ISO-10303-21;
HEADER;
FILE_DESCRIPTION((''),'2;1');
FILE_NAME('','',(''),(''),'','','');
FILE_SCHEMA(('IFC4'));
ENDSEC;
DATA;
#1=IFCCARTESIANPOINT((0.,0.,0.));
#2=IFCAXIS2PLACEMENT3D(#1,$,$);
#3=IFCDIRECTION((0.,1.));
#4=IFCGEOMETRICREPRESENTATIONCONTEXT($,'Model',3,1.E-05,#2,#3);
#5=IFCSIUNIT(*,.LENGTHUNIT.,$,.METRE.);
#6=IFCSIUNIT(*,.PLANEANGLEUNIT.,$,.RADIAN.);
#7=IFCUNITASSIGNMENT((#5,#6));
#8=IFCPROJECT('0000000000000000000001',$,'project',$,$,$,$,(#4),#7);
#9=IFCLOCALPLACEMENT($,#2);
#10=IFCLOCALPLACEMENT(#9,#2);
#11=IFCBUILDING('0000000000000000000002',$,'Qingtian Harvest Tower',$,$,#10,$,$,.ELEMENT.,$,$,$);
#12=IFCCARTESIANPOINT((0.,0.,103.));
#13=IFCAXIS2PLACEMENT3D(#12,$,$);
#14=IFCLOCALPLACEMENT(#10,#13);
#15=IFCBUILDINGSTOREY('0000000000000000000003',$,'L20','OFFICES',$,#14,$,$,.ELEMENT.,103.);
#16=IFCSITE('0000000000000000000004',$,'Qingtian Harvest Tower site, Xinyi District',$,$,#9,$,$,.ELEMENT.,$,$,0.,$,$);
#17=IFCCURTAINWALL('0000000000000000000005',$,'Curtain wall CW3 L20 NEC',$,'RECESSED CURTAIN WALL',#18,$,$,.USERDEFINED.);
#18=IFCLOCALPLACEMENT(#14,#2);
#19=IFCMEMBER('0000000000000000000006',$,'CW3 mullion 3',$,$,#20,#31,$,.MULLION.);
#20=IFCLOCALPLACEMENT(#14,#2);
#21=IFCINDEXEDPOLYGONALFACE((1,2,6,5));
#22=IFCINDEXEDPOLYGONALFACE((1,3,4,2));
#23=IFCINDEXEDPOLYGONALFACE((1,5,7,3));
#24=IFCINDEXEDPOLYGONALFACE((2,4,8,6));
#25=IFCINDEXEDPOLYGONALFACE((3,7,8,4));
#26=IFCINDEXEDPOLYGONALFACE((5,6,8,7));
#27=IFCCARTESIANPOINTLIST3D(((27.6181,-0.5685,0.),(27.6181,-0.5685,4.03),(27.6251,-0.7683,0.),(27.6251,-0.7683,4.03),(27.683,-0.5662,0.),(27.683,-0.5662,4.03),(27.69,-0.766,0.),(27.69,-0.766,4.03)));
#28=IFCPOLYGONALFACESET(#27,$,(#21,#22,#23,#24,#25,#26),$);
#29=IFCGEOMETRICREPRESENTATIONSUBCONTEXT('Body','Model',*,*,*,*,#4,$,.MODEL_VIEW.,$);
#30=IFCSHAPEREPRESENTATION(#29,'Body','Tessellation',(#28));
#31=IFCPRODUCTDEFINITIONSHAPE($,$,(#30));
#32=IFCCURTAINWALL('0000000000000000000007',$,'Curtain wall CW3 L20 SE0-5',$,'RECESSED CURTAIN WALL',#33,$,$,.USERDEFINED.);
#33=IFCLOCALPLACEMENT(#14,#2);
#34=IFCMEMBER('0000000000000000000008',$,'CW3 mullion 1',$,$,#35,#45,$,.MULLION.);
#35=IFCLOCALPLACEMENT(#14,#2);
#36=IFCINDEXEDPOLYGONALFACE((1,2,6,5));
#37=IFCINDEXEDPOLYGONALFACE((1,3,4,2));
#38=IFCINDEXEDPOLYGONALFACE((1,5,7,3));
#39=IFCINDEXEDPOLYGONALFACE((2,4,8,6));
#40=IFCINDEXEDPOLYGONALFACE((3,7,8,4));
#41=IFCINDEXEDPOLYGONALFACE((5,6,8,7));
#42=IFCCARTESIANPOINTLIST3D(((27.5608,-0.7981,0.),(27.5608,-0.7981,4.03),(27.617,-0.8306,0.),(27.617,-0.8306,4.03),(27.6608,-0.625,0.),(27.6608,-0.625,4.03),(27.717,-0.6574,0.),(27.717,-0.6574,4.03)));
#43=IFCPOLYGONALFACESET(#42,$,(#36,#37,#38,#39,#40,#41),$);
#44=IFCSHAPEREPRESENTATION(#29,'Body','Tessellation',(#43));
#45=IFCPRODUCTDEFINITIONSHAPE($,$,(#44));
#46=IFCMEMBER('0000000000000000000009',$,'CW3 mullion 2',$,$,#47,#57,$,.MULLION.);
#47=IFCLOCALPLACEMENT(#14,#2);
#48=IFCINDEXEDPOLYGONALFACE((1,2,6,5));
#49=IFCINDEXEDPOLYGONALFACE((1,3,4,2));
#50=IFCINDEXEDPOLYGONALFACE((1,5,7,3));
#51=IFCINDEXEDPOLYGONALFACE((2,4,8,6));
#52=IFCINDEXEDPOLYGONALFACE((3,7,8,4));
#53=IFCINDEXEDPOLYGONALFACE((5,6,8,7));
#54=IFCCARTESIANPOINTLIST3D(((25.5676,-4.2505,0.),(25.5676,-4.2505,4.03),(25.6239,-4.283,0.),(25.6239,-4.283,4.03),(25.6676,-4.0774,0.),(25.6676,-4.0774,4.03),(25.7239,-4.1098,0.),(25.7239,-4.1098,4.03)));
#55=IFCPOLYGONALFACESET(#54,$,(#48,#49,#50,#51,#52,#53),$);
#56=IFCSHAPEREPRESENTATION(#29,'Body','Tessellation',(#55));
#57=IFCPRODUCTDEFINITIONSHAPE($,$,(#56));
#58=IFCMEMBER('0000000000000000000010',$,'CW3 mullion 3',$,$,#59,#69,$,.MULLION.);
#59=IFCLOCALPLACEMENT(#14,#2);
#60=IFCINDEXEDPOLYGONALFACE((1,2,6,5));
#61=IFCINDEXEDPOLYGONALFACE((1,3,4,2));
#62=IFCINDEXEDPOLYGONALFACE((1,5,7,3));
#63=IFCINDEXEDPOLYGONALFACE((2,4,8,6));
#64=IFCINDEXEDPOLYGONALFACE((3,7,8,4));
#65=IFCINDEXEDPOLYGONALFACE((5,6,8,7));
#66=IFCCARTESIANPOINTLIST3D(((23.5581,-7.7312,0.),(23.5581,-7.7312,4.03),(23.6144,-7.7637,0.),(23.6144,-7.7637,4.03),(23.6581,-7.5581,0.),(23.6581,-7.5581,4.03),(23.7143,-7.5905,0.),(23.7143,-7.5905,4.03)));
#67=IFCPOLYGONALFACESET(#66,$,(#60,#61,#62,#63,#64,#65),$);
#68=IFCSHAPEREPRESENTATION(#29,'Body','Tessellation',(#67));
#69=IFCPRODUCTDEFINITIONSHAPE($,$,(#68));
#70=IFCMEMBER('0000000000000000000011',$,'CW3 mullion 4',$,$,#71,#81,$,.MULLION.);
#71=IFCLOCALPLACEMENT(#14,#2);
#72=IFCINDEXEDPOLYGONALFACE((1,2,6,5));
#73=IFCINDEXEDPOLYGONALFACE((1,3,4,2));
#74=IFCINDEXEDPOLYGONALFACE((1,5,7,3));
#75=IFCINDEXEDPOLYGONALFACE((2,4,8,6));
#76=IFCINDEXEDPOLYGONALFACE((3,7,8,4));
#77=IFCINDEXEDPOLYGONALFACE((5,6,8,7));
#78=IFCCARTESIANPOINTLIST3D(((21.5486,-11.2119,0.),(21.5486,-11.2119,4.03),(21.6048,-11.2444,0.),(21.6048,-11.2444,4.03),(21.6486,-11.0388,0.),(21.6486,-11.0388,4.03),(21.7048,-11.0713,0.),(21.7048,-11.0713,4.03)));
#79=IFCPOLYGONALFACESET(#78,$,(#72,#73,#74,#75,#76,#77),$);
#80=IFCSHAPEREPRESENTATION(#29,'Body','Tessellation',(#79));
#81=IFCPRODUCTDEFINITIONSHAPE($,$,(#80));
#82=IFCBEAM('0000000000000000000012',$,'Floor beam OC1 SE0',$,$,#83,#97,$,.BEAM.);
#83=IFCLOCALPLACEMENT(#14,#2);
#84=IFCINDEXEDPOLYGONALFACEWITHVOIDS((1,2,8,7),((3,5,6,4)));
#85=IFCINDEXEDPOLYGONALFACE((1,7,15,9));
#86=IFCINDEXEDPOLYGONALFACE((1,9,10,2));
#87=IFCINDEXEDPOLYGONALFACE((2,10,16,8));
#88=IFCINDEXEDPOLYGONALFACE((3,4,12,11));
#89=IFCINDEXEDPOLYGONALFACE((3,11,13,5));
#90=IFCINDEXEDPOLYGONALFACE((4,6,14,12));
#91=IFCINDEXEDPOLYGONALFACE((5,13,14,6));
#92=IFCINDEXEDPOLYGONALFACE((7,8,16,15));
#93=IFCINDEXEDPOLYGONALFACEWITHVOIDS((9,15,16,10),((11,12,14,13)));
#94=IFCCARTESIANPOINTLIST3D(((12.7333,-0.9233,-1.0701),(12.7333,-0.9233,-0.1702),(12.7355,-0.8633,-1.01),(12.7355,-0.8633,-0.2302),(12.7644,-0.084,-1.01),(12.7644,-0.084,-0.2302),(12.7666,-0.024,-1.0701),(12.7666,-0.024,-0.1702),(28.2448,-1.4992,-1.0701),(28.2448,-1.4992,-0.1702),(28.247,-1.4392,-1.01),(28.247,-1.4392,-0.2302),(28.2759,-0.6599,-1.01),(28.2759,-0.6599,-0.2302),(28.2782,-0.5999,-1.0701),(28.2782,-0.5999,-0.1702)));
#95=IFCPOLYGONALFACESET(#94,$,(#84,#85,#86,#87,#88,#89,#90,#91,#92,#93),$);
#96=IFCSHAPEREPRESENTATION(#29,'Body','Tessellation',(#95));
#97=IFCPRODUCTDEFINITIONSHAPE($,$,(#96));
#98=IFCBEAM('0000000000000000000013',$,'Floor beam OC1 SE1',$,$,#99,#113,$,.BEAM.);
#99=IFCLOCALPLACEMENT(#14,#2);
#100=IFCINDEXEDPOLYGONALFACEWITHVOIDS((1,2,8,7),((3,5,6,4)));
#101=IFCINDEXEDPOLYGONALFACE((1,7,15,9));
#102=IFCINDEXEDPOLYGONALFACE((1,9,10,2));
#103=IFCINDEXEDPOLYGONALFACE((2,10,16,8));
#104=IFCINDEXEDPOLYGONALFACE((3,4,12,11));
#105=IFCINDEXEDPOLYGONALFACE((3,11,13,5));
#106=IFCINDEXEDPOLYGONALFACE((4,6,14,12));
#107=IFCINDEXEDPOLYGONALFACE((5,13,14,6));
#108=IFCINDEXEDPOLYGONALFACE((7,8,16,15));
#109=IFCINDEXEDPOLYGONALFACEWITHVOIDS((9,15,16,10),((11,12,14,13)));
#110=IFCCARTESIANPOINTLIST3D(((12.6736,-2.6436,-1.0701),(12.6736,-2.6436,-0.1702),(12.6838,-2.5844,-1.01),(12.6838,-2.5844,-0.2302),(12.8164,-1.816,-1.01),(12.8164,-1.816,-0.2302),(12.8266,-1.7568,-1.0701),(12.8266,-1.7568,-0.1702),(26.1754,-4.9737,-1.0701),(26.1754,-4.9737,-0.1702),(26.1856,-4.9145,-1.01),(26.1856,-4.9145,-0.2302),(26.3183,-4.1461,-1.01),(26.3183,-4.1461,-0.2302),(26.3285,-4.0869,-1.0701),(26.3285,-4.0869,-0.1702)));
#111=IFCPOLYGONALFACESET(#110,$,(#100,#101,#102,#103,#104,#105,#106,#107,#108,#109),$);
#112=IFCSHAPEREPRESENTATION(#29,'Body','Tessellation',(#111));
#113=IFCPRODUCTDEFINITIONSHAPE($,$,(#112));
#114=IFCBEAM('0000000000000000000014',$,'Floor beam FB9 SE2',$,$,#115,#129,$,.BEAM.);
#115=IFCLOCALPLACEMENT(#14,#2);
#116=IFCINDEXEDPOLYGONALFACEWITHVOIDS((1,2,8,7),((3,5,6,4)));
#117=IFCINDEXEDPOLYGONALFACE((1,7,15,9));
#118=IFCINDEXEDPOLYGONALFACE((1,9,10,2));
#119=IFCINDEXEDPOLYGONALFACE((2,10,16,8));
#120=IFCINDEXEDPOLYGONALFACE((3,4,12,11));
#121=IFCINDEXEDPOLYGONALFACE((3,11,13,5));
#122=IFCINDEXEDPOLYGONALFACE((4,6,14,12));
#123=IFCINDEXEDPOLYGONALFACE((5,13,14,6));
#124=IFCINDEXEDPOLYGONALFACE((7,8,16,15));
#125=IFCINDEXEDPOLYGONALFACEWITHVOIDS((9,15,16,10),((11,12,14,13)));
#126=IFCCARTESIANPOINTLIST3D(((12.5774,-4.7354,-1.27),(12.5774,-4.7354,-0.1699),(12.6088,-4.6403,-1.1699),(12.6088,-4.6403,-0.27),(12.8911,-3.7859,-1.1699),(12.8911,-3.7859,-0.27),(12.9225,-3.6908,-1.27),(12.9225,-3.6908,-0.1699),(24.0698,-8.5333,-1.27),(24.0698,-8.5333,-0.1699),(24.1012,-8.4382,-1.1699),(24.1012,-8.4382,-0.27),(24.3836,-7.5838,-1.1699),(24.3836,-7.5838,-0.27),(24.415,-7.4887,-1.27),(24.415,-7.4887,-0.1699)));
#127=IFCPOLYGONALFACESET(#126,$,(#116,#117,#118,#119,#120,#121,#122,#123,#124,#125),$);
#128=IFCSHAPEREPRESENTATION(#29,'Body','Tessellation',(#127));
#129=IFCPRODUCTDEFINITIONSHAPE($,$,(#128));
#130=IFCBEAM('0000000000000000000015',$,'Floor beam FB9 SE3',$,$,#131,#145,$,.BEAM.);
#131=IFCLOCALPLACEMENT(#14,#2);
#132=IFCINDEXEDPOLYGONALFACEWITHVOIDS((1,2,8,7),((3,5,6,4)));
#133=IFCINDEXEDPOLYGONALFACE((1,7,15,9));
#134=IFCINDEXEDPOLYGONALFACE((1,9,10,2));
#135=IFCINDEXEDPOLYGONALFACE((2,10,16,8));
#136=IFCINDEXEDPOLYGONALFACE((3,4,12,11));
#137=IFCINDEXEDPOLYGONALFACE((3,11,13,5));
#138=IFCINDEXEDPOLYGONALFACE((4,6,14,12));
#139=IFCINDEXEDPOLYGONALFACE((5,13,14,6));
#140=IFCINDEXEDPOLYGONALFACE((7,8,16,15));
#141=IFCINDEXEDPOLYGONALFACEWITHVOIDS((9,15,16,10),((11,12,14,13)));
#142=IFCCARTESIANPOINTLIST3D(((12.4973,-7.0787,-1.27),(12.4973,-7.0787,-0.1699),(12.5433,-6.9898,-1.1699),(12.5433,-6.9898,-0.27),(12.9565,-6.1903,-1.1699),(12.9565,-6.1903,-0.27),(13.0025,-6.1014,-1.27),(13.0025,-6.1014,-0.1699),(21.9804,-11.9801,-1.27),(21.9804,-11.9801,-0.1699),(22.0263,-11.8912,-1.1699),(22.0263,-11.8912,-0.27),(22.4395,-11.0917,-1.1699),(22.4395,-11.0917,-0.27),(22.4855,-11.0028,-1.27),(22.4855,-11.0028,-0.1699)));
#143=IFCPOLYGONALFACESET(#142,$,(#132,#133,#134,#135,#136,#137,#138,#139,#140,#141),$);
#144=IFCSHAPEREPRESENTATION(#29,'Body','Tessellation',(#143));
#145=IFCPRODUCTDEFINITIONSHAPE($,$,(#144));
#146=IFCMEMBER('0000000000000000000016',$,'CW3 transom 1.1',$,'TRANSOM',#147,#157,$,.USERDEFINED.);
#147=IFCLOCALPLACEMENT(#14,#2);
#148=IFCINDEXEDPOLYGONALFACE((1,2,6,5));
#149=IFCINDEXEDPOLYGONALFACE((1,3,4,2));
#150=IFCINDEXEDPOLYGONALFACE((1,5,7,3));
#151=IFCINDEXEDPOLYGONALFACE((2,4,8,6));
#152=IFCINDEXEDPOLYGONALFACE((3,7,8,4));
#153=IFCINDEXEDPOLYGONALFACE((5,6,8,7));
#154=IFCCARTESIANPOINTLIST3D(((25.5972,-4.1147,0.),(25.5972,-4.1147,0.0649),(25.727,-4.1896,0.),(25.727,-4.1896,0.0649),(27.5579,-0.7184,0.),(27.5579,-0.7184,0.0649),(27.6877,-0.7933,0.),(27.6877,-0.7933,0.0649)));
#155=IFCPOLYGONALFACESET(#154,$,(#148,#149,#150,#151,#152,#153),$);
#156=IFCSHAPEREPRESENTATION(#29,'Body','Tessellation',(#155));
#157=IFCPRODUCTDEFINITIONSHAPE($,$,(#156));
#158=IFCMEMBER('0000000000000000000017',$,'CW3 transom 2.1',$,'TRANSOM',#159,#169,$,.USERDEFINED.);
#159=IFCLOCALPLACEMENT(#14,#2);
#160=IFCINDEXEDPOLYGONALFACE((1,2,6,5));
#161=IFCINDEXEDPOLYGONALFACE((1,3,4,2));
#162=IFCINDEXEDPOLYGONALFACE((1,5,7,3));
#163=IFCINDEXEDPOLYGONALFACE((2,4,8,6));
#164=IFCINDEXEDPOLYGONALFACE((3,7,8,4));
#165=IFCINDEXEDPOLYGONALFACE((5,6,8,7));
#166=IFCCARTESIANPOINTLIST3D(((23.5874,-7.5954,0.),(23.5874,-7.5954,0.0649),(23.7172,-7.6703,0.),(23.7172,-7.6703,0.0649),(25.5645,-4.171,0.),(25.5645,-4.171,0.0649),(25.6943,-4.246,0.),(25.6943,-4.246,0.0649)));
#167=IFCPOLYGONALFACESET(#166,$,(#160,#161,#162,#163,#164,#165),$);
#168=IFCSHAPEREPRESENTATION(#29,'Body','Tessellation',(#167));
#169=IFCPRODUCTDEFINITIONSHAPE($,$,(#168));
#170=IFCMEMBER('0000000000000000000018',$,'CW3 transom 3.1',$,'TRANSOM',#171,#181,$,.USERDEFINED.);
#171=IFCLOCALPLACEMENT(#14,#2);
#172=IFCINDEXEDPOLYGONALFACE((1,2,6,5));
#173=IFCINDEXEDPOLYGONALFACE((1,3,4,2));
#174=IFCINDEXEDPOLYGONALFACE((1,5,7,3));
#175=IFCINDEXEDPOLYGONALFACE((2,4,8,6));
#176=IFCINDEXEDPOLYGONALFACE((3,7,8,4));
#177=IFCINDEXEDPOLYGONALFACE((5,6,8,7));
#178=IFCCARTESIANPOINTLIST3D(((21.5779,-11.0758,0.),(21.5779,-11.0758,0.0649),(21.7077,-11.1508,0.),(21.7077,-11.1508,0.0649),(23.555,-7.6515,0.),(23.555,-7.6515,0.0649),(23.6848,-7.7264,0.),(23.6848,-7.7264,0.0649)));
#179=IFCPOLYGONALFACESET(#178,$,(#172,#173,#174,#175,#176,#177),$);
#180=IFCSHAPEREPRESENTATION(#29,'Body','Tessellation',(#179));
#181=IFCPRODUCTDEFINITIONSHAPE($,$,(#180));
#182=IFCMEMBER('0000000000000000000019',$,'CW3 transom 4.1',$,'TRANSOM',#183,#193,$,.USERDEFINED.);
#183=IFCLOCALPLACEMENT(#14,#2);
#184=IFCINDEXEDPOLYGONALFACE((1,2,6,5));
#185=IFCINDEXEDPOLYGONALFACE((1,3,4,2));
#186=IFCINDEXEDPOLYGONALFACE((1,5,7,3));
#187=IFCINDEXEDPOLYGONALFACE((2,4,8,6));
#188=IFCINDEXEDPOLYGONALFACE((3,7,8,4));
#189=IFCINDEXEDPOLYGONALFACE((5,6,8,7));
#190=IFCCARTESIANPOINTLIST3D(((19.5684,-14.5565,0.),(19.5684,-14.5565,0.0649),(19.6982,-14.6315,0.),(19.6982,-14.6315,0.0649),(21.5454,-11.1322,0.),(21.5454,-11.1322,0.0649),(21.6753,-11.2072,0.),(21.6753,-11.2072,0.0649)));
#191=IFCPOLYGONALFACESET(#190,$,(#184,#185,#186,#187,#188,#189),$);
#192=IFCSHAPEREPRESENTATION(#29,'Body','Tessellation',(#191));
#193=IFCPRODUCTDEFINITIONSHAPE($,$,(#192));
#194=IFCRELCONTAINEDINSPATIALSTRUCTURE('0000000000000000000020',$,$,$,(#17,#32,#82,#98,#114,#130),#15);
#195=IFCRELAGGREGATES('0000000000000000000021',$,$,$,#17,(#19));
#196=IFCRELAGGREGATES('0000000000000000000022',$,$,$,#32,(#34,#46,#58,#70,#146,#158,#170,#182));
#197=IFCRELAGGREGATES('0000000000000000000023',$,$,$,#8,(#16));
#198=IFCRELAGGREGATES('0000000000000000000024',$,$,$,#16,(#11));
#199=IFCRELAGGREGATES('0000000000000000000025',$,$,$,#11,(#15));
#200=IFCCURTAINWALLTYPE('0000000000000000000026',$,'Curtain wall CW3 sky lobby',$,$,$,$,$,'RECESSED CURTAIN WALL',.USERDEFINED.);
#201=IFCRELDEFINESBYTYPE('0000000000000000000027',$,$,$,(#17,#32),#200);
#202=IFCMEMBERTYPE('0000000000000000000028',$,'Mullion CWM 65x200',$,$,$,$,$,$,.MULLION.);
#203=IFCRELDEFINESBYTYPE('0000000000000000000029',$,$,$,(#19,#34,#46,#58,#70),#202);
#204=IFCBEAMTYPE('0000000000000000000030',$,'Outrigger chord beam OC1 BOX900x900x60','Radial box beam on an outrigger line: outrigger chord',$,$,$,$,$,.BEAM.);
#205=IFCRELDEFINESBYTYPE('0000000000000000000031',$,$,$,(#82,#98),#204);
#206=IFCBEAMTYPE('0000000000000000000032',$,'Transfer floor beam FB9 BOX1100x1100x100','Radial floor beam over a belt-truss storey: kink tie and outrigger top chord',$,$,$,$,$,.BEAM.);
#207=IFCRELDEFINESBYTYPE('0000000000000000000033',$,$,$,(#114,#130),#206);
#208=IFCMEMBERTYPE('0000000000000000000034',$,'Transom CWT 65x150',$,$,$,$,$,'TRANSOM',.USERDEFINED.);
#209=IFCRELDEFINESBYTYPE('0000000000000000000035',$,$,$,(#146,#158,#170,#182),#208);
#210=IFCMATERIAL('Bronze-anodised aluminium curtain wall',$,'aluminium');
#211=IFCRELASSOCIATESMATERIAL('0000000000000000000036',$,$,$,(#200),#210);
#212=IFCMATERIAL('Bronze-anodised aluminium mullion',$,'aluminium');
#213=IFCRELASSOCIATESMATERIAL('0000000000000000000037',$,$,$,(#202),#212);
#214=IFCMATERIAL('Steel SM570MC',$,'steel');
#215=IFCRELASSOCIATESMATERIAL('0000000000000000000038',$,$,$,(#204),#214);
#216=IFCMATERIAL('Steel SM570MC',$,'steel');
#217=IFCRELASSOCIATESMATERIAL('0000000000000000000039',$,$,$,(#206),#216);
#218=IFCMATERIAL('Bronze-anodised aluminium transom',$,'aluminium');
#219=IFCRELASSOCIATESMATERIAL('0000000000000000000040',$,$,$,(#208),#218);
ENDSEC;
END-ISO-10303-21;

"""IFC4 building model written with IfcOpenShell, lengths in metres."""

from ifc_helpers import new_model, si_unit, direction, frame, origin, origin_2d, place, context, subcontext, project, spatial, rectangle, hollow_rectangle, extrude, material, material_profile, profile_set, type_object, element, aggregate, save


model = new_model("IFC4")

# Units and contexts
model_context = context("Model", 3, precision=1e-05, world=origin(), true_north=direction((0.0, 1.0)))
body_context = subcontext(model_context, "Body", "Model", "MODEL_VIEW")
ifc_project = project(units=[si_unit("LENGTHUNIT", "METRE"), si_unit("PLANEANGLEUNIT", "RADIAN")], contexts=[model_context])

# Site, building, storey
site_placement = place(None, origin())
site = spatial("IfcSite", under=ifc_project, at=site_placement, Name="Qingtian Harvest Tower site, Xinyi District", CompositionType="ELEMENT", RefElevation=0.0)
building_placement = place(site_placement, origin())
building = spatial("IfcBuilding", under=site, at=building_placement, Name="Qingtian Harvest Tower", CompositionType="ELEMENT")
storey_placement = place(building_placement, frame((0.0, 0.0, 103.0)))
storey = spatial("IfcBuildingStorey", under=building, at=storey_placement, Name="L20", Description="OFFICES", CompositionType="ELEMENT", Elevation=103.0)

# Curtain wall, member
ifc_material_1 = material(Name="Bronze-anodised aluminium curtain wall", Category="aluminium")
curtain_wall_type = type_object("IfcCurtainWallType", Name="Curtain wall CW3 sky lobby", ElementType="RECESSED CURTAIN WALL", PredefinedType="USERDEFINED", material=ifc_material_1)
curtain_wall_1_placement = place(storey_placement, origin())
curtain_wall_1 = element("IfcCurtainWall", 1, at=curtain_wall_1_placement, inside=storey, type_object=curtain_wall_type, Name="Curtain wall CW3 L20 NEC", ObjectType="RECESSED CURTAIN WALL", PredefinedType="USERDEFINED")
ifc_material_2 = material(Name="Bronze-anodised aluminium mullion", Category="aluminium")
ifc_material_profile_1 = material_profile(ifc_material_2, rectangle(XDim=0.0649, YDim=0.2, at=origin_2d()), Name="AL 65x200")
ifc_profile_set_1 = profile_set([ifc_material_profile_1], Name="Bronze-anodised aluminium mullion")
member_type_1 = type_object("IfcMemberType", Name="Mullion CWM 65x200", PredefinedType="MULLION", material=ifc_profile_set_1)
member_1_placement = place(storey_placement, frame((27.6541, -0.6672, 0.0), z_axis=(0.0, 0.0, 1.0), x_axis=(0.999391, 0.034899, 0.0)))
member_1 = element("IfcMember", 2, at=member_1_placement, type_object=member_type_1, Name="CW3 mullion 3", PredefinedType="MULLION", context=body_context, shape_type="SweptSolid", body=[
    extrude(rectangle(XDim=0.0649, YDim=0.2, at=origin_2d()), origin(), (0.0, 0.0, 1.0), 4.03),
])
aggregate(curtain_wall_1, [member_1])

# Curtain wall, members
curtain_wall_2_placement = place(storey_placement, origin())
curtain_wall_2 = element("IfcCurtainWall", 3, at=curtain_wall_2_placement, inside=storey, type_object=curtain_wall_type, Name="Curtain wall CW3 L20 SE0-5", ObjectType="RECESSED CURTAIN WALL", PredefinedType="USERDEFINED")
member_2_placement = place(storey_placement, frame((27.6389, -0.7278, 0.0), z_axis=(0.0, 0.0, 1.0), x_axis=(0.866025, -0.5, 0.0)))
member_2 = element("IfcMember", 4, at=member_2_placement, type_object=member_type_1, Name="CW3 mullion 1", PredefinedType="MULLION", context=body_context, shape_type="SweptSolid", body=[
    extrude(rectangle(XDim=0.0649, YDim=0.2, at=origin_2d()), origin(), (0.0, 0.0, 1.0), 4.03),
])
member_3_placement = place(storey_placement, frame((25.6458, -4.1802, 0.0), z_axis=(0.0, 0.0, 1.0), x_axis=(0.866025, -0.5, 0.0)))
member_3 = element("IfcMember", 5, at=member_3_placement, type_object=member_type_1, Name="CW3 mullion 2", PredefinedType="MULLION", context=body_context, shape_type="SweptSolid", body=[
    extrude(rectangle(XDim=0.0649, YDim=0.2, at=origin_2d()), origin(), (0.0, 0.0, 1.0), 4.03),
])
member_4_placement = place(storey_placement, frame((23.6362, -7.6609, 0.0), z_axis=(0.0, 0.0, 1.0), x_axis=(0.866025, -0.5, 0.0)))
member_4 = element("IfcMember", 6, at=member_4_placement, type_object=member_type_1, Name="CW3 mullion 3", PredefinedType="MULLION", context=body_context, shape_type="SweptSolid", body=[
    extrude(rectangle(XDim=0.0649, YDim=0.2, at=origin_2d()), origin(), (0.0, 0.0, 1.0), 4.03),
])
member_5_placement = place(storey_placement, frame((21.6267, -11.1416, 0.0), z_axis=(0.0, 0.0, 1.0), x_axis=(0.866025, -0.5, 0.0)))
member_5 = element("IfcMember", 7, at=member_5_placement, type_object=member_type_1, Name="CW3 mullion 4", PredefinedType="MULLION", context=body_context, shape_type="SweptSolid", body=[
    extrude(rectangle(XDim=0.0649, YDim=0.2, at=origin_2d()), origin(), (0.0, 0.0, 1.0), 4.03),
])

# Beams
ifc_material_3 = material(Name="Steel SM570MC", Category="steel")
ifc_material_profile_2 = material_profile(ifc_material_3, hollow_rectangle(XDim=0.8999, YDim=0.8999, WallThickness=0.0601, at=origin_2d()), Name="BOX900x900x60")
ifc_profile_set_2 = profile_set([ifc_material_profile_2], Name="Steel SM570MC")
beam_type_1 = type_object("IfcBeamType", Name="Outrigger chord beam OC1 BOX900x900x60", Description="Radial box beam on an outrigger line: outrigger chord", PredefinedType="BEAM", material=ifc_profile_set_2)
beam_1_placement = place(storey_placement, frame((28.2615, -1.0496, -0.6201), z_axis=(-0.999311, 0.037104, 0.0), x_axis=(-0.037104, -0.999311, 0.0)))
element("IfcBeam", 8, at=beam_1_placement, inside=storey, type_object=beam_type_1, Name="Floor beam OC1 SE0", PredefinedType="BEAM", context=body_context, shape_type="SweptSolid", body=[
    extrude(hollow_rectangle(XDim=0.8999, YDim=0.8999, WallThickness=0.0601, at=origin_2d()), origin(), (0.0, 0.0, 1.0), 15.5222),
])
beam_2_placement = place(storey_placement, frame((26.252, -4.5303, -0.6201), z_axis=(-0.985434, 0.17006, 0.0), x_axis=(-0.17006, -0.985434, 0.0)))
element("IfcBeam", 9, at=beam_2_placement, inside=storey, type_object=beam_type_1, Name="Floor beam OC1 SE1", PredefinedType="BEAM", context=body_context, shape_type="SweptSolid", body=[
    extrude(hollow_rectangle(XDim=0.8999, YDim=0.8999, WallThickness=0.0601, at=origin_2d()), origin(), (0.0, 0.0, 1.0), 13.7014),
])
ifc_material_4 = material(Name="Steel SM570MC", Category="steel")
ifc_material_profile_3 = material_profile(ifc_material_4, hollow_rectangle(XDim=1.1001, YDim=1.1001, WallThickness=0.1001, at=origin_2d()), Name="BOX1100x1100x100")
ifc_profile_set_3 = profile_set([ifc_material_profile_3], Name="Steel SM570MC")
beam_type_2 = type_object("IfcBeamType", Name="Transfer floor beam FB9 BOX1100x1100x100", Description="Radial floor beam over a belt-truss storey: kink tie and outrigger top chord", PredefinedType="BEAM", material=ifc_profile_set_3)
beam_3_placement = place(storey_placement, frame((24.2424, -8.011, -0.72), z_axis=(-0.949497, 0.313776, 0.0), x_axis=(-0.313776, -0.949497, 0.0)))
element("IfcBeam", 10, at=beam_3_placement, inside=storey, type_object=beam_type_2, Name="Floor beam FB9 SE2", PredefinedType="BEAM", context=body_context, shape_type="SweptSolid", body=[
    extrude(hollow_rectangle(XDim=1.1001, YDim=1.1001, WallThickness=0.1001, at=origin_2d()), origin(), (0.0, 0.0, 1.0), 12.1038),
])
beam_4_placement = place(storey_placement, frame((22.2329, -11.4915, -0.72), z_axis=(-0.888355, 0.459158, 0.0), x_axis=(-0.459158, -0.888355, 0.0)))
element("IfcBeam", 11, at=beam_4_placement, inside=storey, type_object=beam_type_2, Name="Floor beam FB9 SE3", PredefinedType="BEAM", context=body_context, shape_type="SweptSolid", body=[
    extrude(hollow_rectangle(XDim=1.1001, YDim=1.1001, WallThickness=0.1001, at=origin_2d()), origin(), (0.0, 0.0, 1.0), 10.6748),
])

# Members
ifc_material_5 = material(Name="Bronze-anodised aluminium transom", Category="aluminium")
ifc_material_profile_4 = material_profile(ifc_material_5, rectangle(XDim=0.1499, YDim=0.0649, at=origin_2d()), Name="AL 65x150")
ifc_profile_set_4 = profile_set([ifc_material_profile_4], Name="Bronze-anodised aluminium transom")
member_type_2 = type_object("IfcMemberType", Name="Transom CWT 65x150", ElementType="TRANSOM", PredefinedType="USERDEFINED", material=ifc_profile_set_4)
member_6_placement = place(storey_placement, frame((27.6228, -0.7559, 0.0325), z_axis=(-0.499976, -0.866039, 0.0), x_axis=(0.866039, -0.499976, 0.0)))
member_6 = element("IfcMember", 12, at=member_6_placement, type_object=member_type_2, Name="CW3 transom 1.1", ObjectType="TRANSOM", PredefinedType="USERDEFINED", context=body_context, shape_type="SweptSolid", body=[
    extrude(rectangle(XDim=0.1499, YDim=0.0649, at=origin_2d()), origin(), (0.0, 0.0, 1.0), 3.9216),
])
member_7_placement = place(storey_placement, frame((25.6294, -4.2085, 0.0325), z_axis=(-0.500004, -0.866023, 0.0), x_axis=(0.866023, -0.500004, 0.0)))
member_7 = element("IfcMember", 13, at=member_7_placement, type_object=member_type_2, Name="CW3 transom 2.1", ObjectType="TRANSOM", PredefinedType="USERDEFINED", context=body_context, shape_type="SweptSolid", body=[
    extrude(rectangle(XDim=0.1499, YDim=0.0649, at=origin_2d()), origin(), (0.0, 0.0, 1.0), 3.9541),
])
member_8_placement = place(storey_placement, frame((23.6199, -7.689, 0.0325), z_axis=(-0.500004, -0.866023, 0.0), x_axis=(0.866023, -0.500004, 0.0)))
member_8 = element("IfcMember", 14, at=member_8_placement, type_object=member_type_2, Name="CW3 transom 3.1", ObjectType="TRANSOM", PredefinedType="USERDEFINED", context=body_context, shape_type="SweptSolid", body=[
    extrude(rectangle(XDim=0.1499, YDim=0.0649, at=origin_2d()), origin(), (0.0, 0.0, 1.0), 3.9541),
])
member_9_placement = place(storey_placement, frame((21.6104, -11.1697, 0.0325), z_axis=(-0.500004, -0.866023, 0.0), x_axis=(0.866023, -0.500004, 0.0)))
member_9 = element("IfcMember", 15, at=member_9_placement, type_object=member_type_2, Name="CW3 transom 4.1", ObjectType="TRANSOM", PredefinedType="USERDEFINED", context=body_context, shape_type="SweptSolid", body=[
    extrude(rectangle(XDim=0.1499, YDim=0.0649, at=origin_2d()), origin(), (0.0, 0.0, 1.0), 3.9541),
])

aggregate(curtain_wall_2, [member_2, member_3, member_4, member_5, member_6, member_7, member_8, member_9])

save(model, "model.ifc")
